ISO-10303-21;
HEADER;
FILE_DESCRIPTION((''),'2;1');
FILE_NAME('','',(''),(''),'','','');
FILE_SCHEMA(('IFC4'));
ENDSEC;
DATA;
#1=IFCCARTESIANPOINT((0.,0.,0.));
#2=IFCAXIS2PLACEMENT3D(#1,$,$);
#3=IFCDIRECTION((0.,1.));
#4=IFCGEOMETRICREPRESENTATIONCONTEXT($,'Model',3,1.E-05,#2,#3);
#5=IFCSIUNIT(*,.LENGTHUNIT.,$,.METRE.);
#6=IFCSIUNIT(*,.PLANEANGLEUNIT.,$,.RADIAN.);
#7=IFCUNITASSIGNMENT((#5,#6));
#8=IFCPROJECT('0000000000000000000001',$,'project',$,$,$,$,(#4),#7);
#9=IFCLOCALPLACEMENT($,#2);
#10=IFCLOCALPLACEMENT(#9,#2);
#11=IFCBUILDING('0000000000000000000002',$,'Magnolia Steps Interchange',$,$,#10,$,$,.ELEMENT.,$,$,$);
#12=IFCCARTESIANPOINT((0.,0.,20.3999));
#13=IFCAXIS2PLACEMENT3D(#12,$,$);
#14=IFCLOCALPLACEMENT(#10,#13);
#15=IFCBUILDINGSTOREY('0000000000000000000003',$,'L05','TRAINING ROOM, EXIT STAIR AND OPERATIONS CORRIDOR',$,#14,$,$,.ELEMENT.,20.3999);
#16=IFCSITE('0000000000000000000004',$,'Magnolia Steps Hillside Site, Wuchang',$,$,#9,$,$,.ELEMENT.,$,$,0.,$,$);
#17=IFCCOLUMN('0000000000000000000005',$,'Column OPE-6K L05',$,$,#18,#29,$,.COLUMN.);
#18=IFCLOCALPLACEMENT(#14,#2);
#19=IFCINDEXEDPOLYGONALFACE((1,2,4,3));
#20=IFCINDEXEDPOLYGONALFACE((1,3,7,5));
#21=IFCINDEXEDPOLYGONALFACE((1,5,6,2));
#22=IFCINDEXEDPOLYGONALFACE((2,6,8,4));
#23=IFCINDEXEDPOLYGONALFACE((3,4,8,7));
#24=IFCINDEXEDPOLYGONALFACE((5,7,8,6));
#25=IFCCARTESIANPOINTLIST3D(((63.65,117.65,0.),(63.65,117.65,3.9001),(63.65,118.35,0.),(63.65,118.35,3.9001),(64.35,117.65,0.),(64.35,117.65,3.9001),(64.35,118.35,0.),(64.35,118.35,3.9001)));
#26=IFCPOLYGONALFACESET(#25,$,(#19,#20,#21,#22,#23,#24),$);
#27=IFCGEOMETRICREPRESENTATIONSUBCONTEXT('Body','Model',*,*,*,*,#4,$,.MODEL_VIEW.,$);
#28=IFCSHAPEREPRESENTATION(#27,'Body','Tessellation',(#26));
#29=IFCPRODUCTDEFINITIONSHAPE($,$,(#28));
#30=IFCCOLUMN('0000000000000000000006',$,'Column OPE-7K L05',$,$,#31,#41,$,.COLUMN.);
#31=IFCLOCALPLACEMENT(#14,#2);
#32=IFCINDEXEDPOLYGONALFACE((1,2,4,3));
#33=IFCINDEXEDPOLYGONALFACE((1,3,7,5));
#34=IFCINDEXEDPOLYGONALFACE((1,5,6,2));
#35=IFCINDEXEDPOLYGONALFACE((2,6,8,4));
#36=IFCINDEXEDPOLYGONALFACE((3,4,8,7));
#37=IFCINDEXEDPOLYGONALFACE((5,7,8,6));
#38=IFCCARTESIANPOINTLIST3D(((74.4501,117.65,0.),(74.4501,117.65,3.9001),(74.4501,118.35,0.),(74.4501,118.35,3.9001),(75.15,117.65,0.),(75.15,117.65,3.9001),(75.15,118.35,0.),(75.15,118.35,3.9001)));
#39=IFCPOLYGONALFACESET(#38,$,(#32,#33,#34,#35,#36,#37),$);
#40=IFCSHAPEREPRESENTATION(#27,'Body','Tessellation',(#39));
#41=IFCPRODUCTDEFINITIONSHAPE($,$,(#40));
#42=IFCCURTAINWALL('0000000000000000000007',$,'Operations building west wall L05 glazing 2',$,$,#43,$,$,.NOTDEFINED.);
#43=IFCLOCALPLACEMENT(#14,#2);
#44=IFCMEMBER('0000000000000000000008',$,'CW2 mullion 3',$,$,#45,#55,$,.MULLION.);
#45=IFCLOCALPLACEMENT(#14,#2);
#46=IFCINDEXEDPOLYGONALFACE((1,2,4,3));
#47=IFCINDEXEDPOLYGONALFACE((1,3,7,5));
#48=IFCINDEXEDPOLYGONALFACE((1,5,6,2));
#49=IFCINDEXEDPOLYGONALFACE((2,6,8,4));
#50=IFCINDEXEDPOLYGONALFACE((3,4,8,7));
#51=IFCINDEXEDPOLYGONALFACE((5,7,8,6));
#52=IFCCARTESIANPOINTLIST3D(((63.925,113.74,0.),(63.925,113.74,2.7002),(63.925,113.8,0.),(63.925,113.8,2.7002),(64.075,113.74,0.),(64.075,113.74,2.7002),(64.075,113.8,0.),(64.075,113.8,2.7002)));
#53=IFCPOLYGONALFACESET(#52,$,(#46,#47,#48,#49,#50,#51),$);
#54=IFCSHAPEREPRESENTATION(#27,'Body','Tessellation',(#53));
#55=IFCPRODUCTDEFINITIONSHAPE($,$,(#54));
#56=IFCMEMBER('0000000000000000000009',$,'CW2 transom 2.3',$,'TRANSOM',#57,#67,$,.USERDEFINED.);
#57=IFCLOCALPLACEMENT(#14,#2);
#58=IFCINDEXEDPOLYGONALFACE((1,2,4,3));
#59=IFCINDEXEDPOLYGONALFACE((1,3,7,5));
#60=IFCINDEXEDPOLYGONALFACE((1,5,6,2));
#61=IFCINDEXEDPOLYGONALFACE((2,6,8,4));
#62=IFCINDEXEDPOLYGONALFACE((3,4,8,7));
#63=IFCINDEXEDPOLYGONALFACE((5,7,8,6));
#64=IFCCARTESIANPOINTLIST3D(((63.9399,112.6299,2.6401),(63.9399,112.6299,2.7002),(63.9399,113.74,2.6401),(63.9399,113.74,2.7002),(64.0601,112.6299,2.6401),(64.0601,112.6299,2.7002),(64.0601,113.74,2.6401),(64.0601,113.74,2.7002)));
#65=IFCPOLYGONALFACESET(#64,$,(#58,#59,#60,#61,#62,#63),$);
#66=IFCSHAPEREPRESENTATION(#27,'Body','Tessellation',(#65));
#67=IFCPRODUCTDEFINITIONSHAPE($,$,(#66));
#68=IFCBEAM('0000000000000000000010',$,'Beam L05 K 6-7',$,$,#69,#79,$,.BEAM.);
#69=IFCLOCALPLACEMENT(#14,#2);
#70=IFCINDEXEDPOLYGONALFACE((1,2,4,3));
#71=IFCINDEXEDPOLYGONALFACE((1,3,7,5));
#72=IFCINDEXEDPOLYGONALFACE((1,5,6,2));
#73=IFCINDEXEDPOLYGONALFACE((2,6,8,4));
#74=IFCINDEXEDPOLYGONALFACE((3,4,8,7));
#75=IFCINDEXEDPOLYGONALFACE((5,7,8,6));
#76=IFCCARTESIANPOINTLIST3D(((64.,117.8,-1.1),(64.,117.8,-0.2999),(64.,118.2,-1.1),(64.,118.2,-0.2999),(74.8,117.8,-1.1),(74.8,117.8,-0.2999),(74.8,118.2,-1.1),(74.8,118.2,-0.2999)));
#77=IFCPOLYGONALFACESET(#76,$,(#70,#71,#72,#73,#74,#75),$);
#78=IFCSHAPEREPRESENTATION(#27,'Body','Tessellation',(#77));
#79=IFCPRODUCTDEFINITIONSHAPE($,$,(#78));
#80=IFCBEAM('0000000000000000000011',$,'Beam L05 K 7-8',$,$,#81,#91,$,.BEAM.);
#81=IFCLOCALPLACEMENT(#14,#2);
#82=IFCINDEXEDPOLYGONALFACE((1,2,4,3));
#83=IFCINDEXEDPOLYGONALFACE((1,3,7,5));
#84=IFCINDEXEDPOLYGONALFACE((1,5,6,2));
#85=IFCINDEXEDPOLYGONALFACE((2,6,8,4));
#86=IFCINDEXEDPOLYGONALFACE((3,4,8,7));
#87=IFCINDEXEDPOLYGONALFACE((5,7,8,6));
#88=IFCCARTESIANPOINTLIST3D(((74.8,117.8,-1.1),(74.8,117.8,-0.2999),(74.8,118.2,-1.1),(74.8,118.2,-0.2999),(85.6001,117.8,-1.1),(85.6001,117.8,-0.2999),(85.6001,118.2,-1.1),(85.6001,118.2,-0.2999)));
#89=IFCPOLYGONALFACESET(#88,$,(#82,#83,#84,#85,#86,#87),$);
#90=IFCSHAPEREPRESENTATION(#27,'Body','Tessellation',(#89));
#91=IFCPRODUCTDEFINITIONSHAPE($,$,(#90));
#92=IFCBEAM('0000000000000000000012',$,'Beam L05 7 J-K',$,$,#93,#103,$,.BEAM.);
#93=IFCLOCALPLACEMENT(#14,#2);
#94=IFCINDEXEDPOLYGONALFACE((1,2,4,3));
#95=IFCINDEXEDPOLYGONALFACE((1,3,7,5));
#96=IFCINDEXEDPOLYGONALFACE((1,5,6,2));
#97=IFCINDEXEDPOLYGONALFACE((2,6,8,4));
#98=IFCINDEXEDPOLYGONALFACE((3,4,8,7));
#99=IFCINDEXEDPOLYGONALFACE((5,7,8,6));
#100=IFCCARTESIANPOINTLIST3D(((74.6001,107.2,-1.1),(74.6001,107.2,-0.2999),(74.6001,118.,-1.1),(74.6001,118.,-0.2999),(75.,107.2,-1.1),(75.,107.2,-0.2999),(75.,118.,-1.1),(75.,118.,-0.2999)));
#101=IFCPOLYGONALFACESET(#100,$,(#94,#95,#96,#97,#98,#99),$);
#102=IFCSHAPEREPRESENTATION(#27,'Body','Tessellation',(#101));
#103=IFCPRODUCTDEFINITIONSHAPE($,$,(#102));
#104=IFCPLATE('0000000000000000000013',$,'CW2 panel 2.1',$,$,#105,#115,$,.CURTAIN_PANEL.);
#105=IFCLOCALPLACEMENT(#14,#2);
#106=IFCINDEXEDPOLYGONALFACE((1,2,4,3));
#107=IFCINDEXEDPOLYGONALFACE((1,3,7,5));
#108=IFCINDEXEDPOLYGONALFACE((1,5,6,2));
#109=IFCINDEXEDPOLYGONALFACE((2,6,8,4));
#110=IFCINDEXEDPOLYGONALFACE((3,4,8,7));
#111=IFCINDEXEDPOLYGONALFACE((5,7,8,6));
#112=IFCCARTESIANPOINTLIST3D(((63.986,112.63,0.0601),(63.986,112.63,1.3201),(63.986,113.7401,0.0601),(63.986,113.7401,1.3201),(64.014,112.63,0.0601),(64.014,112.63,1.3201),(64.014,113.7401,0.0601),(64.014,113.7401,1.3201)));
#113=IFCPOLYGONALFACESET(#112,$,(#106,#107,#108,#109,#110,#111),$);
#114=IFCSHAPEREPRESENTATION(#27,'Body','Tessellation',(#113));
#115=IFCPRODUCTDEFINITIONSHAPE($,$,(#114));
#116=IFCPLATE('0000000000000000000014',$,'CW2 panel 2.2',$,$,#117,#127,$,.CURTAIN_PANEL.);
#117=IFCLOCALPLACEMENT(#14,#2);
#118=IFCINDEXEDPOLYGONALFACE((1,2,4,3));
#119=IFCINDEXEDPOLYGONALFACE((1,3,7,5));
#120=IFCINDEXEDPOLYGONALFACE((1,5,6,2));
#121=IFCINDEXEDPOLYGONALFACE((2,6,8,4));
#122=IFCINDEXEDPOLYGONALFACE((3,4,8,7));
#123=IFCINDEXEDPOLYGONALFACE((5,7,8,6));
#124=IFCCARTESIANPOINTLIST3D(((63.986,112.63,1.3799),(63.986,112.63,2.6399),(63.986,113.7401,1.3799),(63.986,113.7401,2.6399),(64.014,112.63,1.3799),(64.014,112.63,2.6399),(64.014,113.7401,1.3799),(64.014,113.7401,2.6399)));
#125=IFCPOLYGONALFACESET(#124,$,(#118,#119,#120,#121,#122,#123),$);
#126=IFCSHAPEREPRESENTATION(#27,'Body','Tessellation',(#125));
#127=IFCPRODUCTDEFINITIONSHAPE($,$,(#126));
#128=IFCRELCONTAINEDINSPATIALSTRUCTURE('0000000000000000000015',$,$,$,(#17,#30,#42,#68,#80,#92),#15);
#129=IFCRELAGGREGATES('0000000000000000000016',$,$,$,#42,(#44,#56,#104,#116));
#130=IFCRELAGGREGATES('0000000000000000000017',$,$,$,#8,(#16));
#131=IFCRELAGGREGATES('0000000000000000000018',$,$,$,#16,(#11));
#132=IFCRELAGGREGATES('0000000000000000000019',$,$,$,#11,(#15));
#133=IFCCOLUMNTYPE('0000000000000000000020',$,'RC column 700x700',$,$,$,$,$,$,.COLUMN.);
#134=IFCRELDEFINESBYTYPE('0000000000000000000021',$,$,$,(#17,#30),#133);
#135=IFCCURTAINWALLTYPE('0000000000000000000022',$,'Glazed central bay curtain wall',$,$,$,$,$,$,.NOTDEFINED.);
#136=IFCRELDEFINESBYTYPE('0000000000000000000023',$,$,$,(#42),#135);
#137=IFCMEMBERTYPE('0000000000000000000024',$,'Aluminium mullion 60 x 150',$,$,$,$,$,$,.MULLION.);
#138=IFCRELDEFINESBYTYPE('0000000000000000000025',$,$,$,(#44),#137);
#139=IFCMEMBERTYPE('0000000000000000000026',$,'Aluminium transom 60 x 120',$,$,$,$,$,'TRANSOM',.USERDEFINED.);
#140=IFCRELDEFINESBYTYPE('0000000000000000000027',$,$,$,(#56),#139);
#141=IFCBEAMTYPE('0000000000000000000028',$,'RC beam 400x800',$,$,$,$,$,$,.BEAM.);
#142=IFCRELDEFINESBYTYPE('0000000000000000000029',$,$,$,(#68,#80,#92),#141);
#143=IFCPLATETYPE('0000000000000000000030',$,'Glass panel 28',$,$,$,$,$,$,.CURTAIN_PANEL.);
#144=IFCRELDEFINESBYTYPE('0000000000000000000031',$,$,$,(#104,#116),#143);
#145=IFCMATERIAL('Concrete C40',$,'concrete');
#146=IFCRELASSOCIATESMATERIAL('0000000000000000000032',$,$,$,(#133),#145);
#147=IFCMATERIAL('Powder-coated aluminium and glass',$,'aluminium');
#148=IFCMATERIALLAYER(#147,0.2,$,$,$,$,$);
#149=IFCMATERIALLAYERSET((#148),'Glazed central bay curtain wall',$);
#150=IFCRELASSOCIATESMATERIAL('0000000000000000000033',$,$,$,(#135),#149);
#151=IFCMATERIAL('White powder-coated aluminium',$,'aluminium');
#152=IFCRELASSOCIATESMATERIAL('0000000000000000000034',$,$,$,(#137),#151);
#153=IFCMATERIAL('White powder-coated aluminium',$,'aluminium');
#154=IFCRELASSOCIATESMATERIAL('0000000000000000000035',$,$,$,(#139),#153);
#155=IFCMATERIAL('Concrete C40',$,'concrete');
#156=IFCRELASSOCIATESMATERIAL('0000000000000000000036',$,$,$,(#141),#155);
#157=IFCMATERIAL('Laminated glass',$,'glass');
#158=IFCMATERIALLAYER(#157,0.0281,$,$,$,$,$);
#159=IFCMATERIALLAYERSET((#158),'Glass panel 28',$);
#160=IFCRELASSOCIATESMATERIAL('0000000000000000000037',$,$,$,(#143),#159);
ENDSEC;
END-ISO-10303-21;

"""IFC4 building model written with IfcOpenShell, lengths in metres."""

from ifc_helpers import new_model, si_unit, direction, frame, origin, origin_2d, place, context, subcontext, project, spatial, rectangle, extrude, material, layer, layer_set, material_profile, profile_set, type_object, element, aggregate, save


model = new_model("IFC4")

# Units and contexts
model_context = context("Model", 3, precision=1e-05, world=origin(), true_north=direction((0.0, 1.0)))
body_context = subcontext(model_context, "Body", "Model", "MODEL_VIEW")
ifc_project = project(units=[si_unit("LENGTHUNIT", "METRE"), si_unit("PLANEANGLEUNIT", "RADIAN")], contexts=[model_context])

# Site, building, storey
site_placement = place(None, origin())
site = spatial("IfcSite", under=ifc_project, at=site_placement, Name="Magnolia Steps Hillside Site, Wuchang", CompositionType="ELEMENT", RefElevation=0.0)
building_placement = place(site_placement, origin())
building = spatial("IfcBuilding", under=site, at=building_placement, Name="Magnolia Steps Interchange", CompositionType="ELEMENT")
storey_placement = place(building_placement, frame((0.0, 0.0, 20.3999)))
storey = spatial("IfcBuildingStorey", under=building, at=storey_placement, Name="L05", Description="TRAINING ROOM, EXIT STAIR AND OPERATIONS CORRIDOR", CompositionType="ELEMENT", Elevation=20.3999)

# Columns
ifc_material_1 = material(Name="Concrete C40", Category="concrete")
ifc_material_profile_1 = material_profile(ifc_material_1, rectangle(XDim=0.7, YDim=0.7, at=origin_2d()), Name="RC700x700")
ifc_profile_set_1 = profile_set([ifc_material_profile_1], Name="Concrete C40")
column_type = type_object("IfcColumnType", Name="RC column 700x700", PredefinedType="COLUMN", material=ifc_profile_set_1)
for number, where, z_axis, x_axis, name in (
    (1, (64.0, 118.0, 0.0), (0.0, 0.0, 1.0), (1.0, 0.0, 0.0), "Column OPE-6K L05"),
    (2, (74.8, 118.0, 0.0), (0.0, 0.0, 1.0), (1.0, 0.0, 0.0), "Column OPE-7K L05"),
):
    element("IfcColumn", number, at=place(storey_placement, frame(where, z_axis=z_axis, x_axis=x_axis)), inside=storey, type_object=column_type, Name=name, PredefinedType="COLUMN", context=body_context, shape_type="SweptSolid", body=[
        extrude(rectangle(XDim=0.7, YDim=0.7, at=origin_2d()), origin(), (0.0, 0.0, 1.0), 3.9001),
    ])

# Curtain wall, members
ifc_material_2 = material(Name="Powder-coated aluminium and glass", Category="aluminium")
ifc_layer_1 = layer(ifc_material_2, 0.2)
ifc_layer_set_1 = layer_set([ifc_layer_1], Name="Glazed central bay curtain wall")
curtain_wall_type = type_object("IfcCurtainWallType", Name="Glazed central bay curtain wall", PredefinedType="NOTDEFINED", material=ifc_layer_set_1)
curtain_wall_placement = place(storey_placement, origin())
curtain_wall = element("IfcCurtainWall", 3, at=curtain_wall_placement, inside=storey, type_object=curtain_wall_type, Name="Operations building west wall L05 glazing 2", PredefinedType="NOTDEFINED")
ifc_material_3 = material(Name="White powder-coated aluminium", Category="aluminium")
ifc_material_profile_2 = material_profile(ifc_material_3, rectangle(XDim=0.0601, YDim=0.1499, at=origin_2d()), Name="Aluminium mullion 60 x 150")
ifc_profile_set_2 = profile_set([ifc_material_profile_2], Name="White powder-coated aluminium")
member_type_1 = type_object("IfcMemberType", Name="Aluminium mullion 60 x 150", PredefinedType="MULLION", material=ifc_profile_set_2)
member_1_placement = place(storey_placement, frame((64.0, 113.77, 0.0), z_axis=(0.0, 0.0, 1.0), x_axis=(0.0, 1.0, 0.0)))
member_1 = element("IfcMember", 4, at=member_1_placement, type_object=member_type_1, Name="CW2 mullion 3", PredefinedType="MULLION", context=body_context, shape_type="SweptSolid", body=[
    extrude(rectangle(XDim=0.0601, YDim=0.1499, at=origin_2d()), origin(), (0.0, 0.0, 1.0), 2.7002),
])
ifc_material_4 = material(Name="White powder-coated aluminium", Category="aluminium")
ifc_material_profile_3 = material_profile(ifc_material_4, rectangle(XDim=0.0601, YDim=0.1201, at=origin_2d()), Name="Aluminium transom 60 x 120")
ifc_profile_set_3 = profile_set([ifc_material_profile_3], Name="White powder-coated aluminium")
member_type_2 = type_object("IfcMemberType", Name="Aluminium transom 60 x 120", ElementType="TRANSOM", PredefinedType="USERDEFINED", material=ifc_profile_set_3)
member_2_placement = place(storey_placement, frame((64.0, 112.6299, 2.6702), z_axis=(0.0, 1.0, 0.0), x_axis=(0.0, 0.0, 1.0)))
member_2 = element("IfcMember", 5, at=member_2_placement, type_object=member_type_2, Name="CW2 transom 2.3", ObjectType="TRANSOM", PredefinedType="USERDEFINED", context=body_context, shape_type="SweptSolid", body=[
    extrude(rectangle(XDim=0.0601, YDim=0.1201, at=origin_2d()), origin(), (0.0, 0.0, 1.0), 1.1101),
])

# Beams
ifc_material_5 = material(Name="Concrete C40", Category="concrete")
ifc_material_profile_4 = material_profile(ifc_material_5, rectangle(XDim=0.3999, YDim=0.8, at=origin_2d()), Name="RC400x800")
ifc_profile_set_4 = profile_set([ifc_material_profile_4], Name="Concrete C40")
beam_type = type_object("IfcBeamType", Name="RC beam 400x800", PredefinedType="BEAM", material=ifc_profile_set_4)
for number, where, z_axis, x_axis, name in (
    (6, (64.0, 118.0, -0.7), (1.0, 0.0, 0.0), (0.0, 1.0, 0.0), "Beam L05 K 6-7"),
    (7, (74.8, 118.0, -0.7), (1.0, 0.0, 0.0), (0.0, 1.0, 0.0), "Beam L05 K 7-8"),
    (8, (74.8, 107.2, -0.7), (0.0, 1.0, 0.0), (-1.0, 0.0, 0.0), "Beam L05 7 J-K"),
):
    element("IfcBeam", number, at=place(storey_placement, frame(where, z_axis=z_axis, x_axis=x_axis)), inside=storey, type_object=beam_type, Name=name, PredefinedType="BEAM", context=body_context, shape_type="SweptSolid", body=[
        extrude(rectangle(XDim=0.3999, YDim=0.8, at=origin_2d()), origin(), (0.0, 0.0, 1.0), 10.8),
    ])

# Plates
ifc_material_6 = material(Name="Laminated glass", Category="glass")
ifc_layer_2 = layer(ifc_material_6, 0.0281)
ifc_layer_set_2 = layer_set([ifc_layer_2], Name="Glass panel 28")
plate_type = type_object("IfcPlateType", Name="Glass panel 28", PredefinedType="CURTAIN_PANEL", material=ifc_layer_set_2)
plate_1_placement = place(storey_placement, frame((64.0, 113.1851, 0.0601), z_axis=(0.0, 0.0, 1.0), x_axis=(0.0, 1.0, 0.0)))
plate_1 = element("IfcPlate", 9, at=plate_1_placement, type_object=plate_type, Name="CW2 panel 2.1", PredefinedType="CURTAIN_PANEL", context=body_context, shape_type="SweptSolid", body=[
    extrude(rectangle(XDim=1.1101, YDim=0.0281, at=origin_2d()), origin(), (0.0, 0.0, 1.0), 1.26),
])
plate_2_placement = place(storey_placement, frame((64.0, 113.1851, 1.3799), z_axis=(0.0, 0.0, 1.0), x_axis=(0.0, 1.0, 0.0)))
plate_2 = element("IfcPlate", 10, at=plate_2_placement, type_object=plate_type, Name="CW2 panel 2.2", PredefinedType="CURTAIN_PANEL", context=body_context, shape_type="SweptSolid", body=[
    extrude(rectangle(XDim=1.1101, YDim=0.0281, at=origin_2d()), origin(), (0.0, 0.0, 1.0), 1.26),
])
aggregate(curtain_wall, [member_1, member_2, plate_1, plate_2])

save(model, "model.ifc")
